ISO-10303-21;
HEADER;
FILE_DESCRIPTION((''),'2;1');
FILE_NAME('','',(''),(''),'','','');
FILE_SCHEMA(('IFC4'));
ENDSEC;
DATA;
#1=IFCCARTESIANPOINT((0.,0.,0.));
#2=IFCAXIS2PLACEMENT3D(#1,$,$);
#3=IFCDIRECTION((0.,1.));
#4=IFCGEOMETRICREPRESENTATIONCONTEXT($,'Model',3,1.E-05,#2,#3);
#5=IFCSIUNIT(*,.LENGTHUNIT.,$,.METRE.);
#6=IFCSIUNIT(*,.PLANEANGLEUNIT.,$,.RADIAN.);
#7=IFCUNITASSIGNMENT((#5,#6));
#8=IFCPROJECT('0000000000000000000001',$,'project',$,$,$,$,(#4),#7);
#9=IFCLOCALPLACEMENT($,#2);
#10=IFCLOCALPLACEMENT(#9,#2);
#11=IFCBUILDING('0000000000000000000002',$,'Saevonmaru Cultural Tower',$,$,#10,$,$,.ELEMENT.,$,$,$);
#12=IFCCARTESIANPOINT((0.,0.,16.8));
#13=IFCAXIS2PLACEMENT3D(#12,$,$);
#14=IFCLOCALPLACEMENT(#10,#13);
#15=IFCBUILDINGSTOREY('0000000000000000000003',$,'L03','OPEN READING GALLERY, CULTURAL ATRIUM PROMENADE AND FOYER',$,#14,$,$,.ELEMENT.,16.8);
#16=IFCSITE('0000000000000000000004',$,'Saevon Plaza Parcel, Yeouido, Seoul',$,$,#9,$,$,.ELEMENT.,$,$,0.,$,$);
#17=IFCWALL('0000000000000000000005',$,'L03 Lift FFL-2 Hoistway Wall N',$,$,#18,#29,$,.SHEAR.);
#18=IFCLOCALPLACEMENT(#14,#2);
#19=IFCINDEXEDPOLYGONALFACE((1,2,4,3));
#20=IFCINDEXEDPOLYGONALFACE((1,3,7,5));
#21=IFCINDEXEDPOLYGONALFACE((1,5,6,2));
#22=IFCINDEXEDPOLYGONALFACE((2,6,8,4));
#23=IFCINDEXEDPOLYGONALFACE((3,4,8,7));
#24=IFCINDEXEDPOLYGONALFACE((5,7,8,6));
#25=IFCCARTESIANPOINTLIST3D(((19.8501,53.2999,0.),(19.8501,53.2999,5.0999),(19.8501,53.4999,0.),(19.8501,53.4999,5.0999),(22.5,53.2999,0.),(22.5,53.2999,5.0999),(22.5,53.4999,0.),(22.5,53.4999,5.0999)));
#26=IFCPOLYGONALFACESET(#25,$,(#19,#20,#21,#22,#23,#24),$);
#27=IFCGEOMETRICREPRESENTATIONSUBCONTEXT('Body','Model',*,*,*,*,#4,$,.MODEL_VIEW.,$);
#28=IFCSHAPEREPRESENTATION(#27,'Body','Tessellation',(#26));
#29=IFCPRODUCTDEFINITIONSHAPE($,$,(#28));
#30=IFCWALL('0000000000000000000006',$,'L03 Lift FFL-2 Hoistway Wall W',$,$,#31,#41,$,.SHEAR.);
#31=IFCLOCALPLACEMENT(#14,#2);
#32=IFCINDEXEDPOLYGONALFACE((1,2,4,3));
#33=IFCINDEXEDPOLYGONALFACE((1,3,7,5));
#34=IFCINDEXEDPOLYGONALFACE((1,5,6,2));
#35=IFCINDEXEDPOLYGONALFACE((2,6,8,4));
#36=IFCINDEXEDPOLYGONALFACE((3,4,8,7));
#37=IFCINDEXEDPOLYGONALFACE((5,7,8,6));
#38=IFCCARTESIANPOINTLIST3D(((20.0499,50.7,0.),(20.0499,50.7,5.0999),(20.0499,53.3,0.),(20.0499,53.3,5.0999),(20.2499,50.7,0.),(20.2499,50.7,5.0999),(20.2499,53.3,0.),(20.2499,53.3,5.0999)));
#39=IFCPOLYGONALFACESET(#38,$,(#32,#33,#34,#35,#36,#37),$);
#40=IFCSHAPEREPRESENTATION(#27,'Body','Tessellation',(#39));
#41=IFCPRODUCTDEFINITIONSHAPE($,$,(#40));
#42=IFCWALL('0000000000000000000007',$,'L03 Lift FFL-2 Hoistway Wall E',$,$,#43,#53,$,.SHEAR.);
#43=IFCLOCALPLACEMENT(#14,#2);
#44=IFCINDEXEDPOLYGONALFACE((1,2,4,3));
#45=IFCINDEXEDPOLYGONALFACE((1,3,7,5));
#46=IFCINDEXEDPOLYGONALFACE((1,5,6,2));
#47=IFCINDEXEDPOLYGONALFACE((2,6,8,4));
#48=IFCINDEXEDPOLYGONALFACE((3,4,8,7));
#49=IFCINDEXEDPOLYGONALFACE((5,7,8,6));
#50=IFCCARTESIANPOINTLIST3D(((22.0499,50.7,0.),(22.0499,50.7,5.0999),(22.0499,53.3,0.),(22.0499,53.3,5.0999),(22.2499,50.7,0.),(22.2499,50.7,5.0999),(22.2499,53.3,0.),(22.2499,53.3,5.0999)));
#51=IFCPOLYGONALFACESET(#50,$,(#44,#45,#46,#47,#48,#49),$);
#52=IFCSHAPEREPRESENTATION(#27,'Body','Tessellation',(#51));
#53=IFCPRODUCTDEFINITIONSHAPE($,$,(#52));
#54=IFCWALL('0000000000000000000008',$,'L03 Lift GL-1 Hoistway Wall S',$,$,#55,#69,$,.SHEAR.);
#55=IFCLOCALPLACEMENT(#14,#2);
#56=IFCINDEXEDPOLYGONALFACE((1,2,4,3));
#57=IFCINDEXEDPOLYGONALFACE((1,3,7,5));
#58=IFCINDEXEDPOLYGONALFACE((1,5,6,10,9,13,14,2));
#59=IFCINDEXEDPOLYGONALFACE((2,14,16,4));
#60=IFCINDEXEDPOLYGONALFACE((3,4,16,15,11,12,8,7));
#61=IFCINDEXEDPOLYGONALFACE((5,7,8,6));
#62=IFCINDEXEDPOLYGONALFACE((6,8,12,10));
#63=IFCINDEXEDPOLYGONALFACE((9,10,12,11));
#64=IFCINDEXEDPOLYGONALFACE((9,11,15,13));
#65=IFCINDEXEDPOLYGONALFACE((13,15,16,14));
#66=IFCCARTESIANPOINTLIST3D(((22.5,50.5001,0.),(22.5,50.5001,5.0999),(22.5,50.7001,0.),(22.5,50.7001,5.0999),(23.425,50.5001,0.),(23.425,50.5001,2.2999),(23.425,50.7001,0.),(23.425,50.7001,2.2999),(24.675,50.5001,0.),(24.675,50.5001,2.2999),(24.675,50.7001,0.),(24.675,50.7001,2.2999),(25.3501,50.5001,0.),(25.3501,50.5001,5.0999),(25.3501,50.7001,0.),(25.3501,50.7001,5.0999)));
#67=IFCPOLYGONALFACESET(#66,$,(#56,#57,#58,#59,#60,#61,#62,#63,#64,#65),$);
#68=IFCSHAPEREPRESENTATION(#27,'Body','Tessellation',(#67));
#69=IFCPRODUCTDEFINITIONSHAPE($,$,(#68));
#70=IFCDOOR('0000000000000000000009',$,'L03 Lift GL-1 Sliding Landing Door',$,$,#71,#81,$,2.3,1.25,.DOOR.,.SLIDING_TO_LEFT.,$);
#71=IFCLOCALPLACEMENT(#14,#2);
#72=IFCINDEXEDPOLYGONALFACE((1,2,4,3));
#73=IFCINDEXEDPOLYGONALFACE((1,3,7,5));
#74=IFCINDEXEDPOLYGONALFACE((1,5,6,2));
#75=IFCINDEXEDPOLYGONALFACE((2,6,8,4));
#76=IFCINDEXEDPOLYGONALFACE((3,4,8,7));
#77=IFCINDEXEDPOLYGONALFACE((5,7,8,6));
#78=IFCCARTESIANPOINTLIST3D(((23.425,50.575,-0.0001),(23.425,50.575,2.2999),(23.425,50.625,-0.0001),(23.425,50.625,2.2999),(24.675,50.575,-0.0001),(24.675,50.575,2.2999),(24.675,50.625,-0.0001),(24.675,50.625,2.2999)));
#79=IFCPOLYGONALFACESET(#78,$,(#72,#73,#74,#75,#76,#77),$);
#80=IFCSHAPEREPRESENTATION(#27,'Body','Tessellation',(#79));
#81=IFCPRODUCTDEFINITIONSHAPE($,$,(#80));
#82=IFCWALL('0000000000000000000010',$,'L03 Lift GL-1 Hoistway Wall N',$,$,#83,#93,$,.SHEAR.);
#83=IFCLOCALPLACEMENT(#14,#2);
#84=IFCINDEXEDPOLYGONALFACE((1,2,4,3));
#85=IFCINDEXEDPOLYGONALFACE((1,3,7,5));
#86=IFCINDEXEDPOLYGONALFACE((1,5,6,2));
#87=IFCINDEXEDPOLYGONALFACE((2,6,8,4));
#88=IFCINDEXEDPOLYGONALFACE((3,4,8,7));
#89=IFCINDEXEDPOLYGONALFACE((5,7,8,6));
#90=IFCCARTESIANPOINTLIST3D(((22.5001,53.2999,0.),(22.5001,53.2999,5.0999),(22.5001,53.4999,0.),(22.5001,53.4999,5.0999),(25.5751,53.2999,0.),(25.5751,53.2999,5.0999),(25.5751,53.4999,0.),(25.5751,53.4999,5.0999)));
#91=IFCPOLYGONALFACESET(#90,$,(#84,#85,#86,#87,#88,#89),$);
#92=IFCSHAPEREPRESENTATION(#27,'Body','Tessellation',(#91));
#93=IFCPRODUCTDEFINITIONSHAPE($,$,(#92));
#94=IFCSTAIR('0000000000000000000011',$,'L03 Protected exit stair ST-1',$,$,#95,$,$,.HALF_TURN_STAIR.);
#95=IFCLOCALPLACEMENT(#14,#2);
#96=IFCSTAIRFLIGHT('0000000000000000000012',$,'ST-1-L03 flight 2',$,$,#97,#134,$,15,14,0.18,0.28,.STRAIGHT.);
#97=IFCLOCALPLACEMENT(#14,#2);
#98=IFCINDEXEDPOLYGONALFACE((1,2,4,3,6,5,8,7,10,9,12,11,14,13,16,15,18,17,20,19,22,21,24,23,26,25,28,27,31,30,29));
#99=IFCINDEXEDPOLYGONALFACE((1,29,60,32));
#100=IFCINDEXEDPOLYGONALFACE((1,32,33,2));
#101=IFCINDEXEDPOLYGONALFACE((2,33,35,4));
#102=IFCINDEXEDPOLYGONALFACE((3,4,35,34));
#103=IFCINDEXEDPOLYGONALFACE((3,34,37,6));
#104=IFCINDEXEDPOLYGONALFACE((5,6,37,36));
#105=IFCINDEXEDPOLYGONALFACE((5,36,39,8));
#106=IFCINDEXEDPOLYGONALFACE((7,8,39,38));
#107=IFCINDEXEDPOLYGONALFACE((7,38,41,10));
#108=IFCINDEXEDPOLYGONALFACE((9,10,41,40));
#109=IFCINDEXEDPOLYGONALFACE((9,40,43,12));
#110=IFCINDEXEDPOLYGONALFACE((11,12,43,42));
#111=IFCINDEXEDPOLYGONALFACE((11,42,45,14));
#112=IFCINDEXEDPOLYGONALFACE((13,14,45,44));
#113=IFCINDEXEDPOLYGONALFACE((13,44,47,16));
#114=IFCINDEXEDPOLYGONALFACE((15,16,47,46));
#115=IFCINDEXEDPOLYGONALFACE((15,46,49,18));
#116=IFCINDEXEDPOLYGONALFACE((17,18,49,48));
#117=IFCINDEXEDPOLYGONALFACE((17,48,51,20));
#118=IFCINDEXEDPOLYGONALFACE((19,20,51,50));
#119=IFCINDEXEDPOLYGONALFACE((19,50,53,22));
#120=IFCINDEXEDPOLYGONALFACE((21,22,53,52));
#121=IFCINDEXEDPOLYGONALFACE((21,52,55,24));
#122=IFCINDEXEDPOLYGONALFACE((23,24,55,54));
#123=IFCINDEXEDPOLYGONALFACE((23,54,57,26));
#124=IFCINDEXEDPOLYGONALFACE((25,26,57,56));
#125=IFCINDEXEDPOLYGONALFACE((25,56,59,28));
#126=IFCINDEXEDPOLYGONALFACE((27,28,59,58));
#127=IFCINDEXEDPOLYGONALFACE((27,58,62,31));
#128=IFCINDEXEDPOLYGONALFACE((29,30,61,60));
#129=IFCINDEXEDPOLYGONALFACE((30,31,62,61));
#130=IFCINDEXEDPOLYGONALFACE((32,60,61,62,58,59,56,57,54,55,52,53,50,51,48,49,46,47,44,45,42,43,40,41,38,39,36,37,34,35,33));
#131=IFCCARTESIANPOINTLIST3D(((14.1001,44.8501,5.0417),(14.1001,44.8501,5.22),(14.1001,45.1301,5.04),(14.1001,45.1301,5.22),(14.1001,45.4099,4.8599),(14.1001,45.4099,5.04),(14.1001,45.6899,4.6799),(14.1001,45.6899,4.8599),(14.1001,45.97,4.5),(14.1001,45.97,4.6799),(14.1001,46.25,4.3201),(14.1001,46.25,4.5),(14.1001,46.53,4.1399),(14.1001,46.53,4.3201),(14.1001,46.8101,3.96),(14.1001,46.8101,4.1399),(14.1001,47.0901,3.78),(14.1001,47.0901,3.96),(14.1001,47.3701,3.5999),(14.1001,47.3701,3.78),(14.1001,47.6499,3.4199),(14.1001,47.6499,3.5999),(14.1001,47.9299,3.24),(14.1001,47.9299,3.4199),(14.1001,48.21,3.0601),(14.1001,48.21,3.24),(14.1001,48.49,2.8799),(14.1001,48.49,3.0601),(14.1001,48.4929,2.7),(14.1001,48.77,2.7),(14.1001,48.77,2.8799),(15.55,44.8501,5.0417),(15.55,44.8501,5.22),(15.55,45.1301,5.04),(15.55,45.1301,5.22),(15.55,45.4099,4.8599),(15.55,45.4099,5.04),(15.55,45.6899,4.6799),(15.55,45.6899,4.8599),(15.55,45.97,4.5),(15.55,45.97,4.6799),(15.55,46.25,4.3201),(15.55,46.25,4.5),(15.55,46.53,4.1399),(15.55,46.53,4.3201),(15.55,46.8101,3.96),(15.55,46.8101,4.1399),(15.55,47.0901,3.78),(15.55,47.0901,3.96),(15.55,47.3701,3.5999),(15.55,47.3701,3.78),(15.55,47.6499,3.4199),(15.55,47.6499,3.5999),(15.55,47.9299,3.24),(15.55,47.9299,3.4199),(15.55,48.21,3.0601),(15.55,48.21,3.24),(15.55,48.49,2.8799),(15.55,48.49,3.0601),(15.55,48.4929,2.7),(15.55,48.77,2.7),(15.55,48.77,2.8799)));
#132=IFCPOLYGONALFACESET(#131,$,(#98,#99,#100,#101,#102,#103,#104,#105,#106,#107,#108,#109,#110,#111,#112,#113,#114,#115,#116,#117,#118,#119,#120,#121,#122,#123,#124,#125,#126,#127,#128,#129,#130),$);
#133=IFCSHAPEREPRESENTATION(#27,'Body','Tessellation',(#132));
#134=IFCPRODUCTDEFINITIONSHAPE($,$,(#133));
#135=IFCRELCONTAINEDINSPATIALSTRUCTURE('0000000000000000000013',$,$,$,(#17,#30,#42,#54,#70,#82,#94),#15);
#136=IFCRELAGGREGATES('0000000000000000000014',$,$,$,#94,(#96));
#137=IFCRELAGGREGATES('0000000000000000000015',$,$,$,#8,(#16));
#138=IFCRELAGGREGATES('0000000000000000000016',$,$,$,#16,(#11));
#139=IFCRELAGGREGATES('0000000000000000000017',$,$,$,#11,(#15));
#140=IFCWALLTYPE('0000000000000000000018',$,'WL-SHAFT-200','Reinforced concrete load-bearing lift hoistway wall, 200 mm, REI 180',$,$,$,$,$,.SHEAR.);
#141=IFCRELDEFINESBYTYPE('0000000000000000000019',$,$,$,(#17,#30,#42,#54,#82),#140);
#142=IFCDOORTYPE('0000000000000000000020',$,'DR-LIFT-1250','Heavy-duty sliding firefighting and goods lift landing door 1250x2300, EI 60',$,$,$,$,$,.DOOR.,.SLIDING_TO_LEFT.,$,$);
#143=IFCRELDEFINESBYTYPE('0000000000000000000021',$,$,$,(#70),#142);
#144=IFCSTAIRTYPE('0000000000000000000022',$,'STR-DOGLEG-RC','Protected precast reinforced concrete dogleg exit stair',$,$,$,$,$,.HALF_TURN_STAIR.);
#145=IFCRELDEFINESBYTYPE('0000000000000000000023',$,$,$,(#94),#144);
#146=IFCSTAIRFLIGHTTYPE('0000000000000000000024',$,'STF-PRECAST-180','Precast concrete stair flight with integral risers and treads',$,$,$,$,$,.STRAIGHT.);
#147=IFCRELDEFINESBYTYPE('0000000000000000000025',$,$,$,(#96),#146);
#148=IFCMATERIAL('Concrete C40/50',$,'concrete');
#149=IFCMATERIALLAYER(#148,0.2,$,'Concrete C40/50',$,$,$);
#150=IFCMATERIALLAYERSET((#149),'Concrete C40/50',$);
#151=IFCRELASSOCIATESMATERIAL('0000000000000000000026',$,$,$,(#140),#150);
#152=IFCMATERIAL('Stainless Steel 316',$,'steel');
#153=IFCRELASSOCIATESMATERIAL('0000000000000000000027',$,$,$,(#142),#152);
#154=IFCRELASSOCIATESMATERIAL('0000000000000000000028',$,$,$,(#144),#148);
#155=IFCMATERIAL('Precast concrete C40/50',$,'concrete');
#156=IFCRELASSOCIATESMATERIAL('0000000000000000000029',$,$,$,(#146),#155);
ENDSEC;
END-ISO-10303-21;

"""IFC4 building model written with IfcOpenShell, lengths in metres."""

from ifc_helpers import new_model, si_unit, direction, frame, frame_2d, origin, place, context, subcontext, project, spatial, polyline, rectangle, outline, extrude, material, layer, layer_set, type_object, element, fill, aggregate, save


model = new_model("IFC4")

# Units and contexts
model_context = context("Model", 3, precision=1e-05, world=origin(), true_north=direction((0.0, 1.0)))
body_context = subcontext(model_context, "Body", "Model", "MODEL_VIEW")
ifc_project = project(units=[si_unit("LENGTHUNIT", "METRE"), si_unit("PLANEANGLEUNIT", "RADIAN")], contexts=[model_context])

# Site, building, storey
site_placement = place(None, origin())
site = spatial("IfcSite", under=ifc_project, at=site_placement, Name="Saevon Plaza Parcel, Yeouido, Seoul", CompositionType="ELEMENT", RefElevation=0.0)
building_placement = place(site_placement, origin())
building = spatial("IfcBuilding", under=site, at=building_placement, Name="Saevonmaru Cultural Tower", CompositionType="ELEMENT")
storey_placement = place(building_placement, frame((0.0, 0.0, 16.8)))
storey = spatial("IfcBuildingStorey", under=building, at=storey_placement, Name="L03", Description="OPEN READING GALLERY, CULTURAL ATRIUM PROMENADE AND FOYER", CompositionType="ELEMENT", Elevation=16.8)

# Shared definitions
ifc_material_1 = material(Name="Concrete C40/50", Category="concrete")
ifc_layer_1 = layer(ifc_material_1, 0.2, Name="Concrete C40/50")
ifc_layer_set_1 = layer_set([ifc_layer_1], Name="Concrete C40/50")
wall_type_1 = type_object("IfcWallType", Name="WL-SHAFT-200", Description="Reinforced concrete load-bearing lift hoistway wall, 200 mm, REI 180", PredefinedType="SHEAR", material=ifc_layer_set_1)
ifc_material_2 = material(Name="Stainless Steel 316", Category="steel")
door_type_1 = type_object("IfcDoorType", Name="DR-LIFT-1250", Description="Heavy-duty sliding firefighting and goods lift landing door 1250x2300, EI 60", OperationType="SLIDING_TO_LEFT", PredefinedType="DOOR", material=ifc_material_2)

# Walls
wall_1_placement = place(storey_placement, frame((19.8501, 53.3999, 0.0), z_axis=(0.0, 0.0, 1.0), x_axis=(1.0, 0.0, 0.0)))
element("IfcWall", 1, at=wall_1_placement, inside=storey, type_object=wall_type_1, Name="L03 Lift FFL-2 Hoistway Wall N", PredefinedType="SHEAR", context=body_context, shape_type="SweptSolid", body=[
    extrude(rectangle(XDim=2.6499, YDim=0.2, at=frame_2d((1.325, 0.0))), origin(), (0.0, 0.0, 1.0), 5.0999),
])
for number, where, z_axis, x_axis, name in (
    (2, (20.1499, 50.7, 0.0), (0.0, 0.0, 1.0), (0.0, 1.0, 0.0), "L03 Lift FFL-2 Hoistway Wall W"),
    (3, (22.1499, 50.7, 0.0), (0.0, 0.0, 1.0), (0.0, 1.0, 0.0), "L03 Lift FFL-2 Hoistway Wall E"),
):
    element("IfcWall", number, at=place(storey_placement, frame(where, z_axis=z_axis, x_axis=x_axis)), inside=storey, type_object=wall_type_1, Name=name, PredefinedType="SHEAR", context=body_context, shape_type="SweptSolid", body=[
        extrude(rectangle(XDim=2.6001, YDim=0.2, at=frame_2d((1.3, 0.0))), origin(), (0.0, 0.0, 1.0), 5.0999),
    ])

# Wall, opening, door
wall_2_placement = place(storey_placement, frame((22.5, 50.6001, 0.0), z_axis=(0.0, 0.0, 1.0), x_axis=(1.0, 0.0, 0.0)))
wall_2 = element("IfcWall", 4, at=wall_2_placement, inside=storey, type_object=wall_type_1, Name="L03 Lift GL-1 Hoistway Wall S", PredefinedType="SHEAR", context=body_context, shape_type="SweptSolid", body=[
    extrude(rectangle(XDim=2.8501, YDim=0.2, at=frame_2d((1.425, 0.0))), origin(), (0.0, 0.0, 1.0), 5.0999),
])
opening_1_placement = place(wall_2_placement, frame((0.925, 0.0, 0.0)))
opening_1 = element("IfcOpeningElement", 5, at=opening_1_placement, cuts=wall_2, PredefinedType="OPENING", context=body_context, shape_type="SweptSolid", body=[
    extrude(rectangle(XDim=1.25, YDim=2.3, at=frame_2d((0.625, 1.1499))), frame((0.0, 0.1099, 0.0), z_axis=(0.0, -1.0, 0.0), x_axis=(1.0, 0.0, 0.0)), (0.0, 0.0, 1.0), 0.22),
])
door_1_placement = place(opening_1_placement, origin())
door_1 = element("IfcDoor", 6, at=door_1_placement, inside=storey, type_object=door_type_1, Name="L03 Lift GL-1 Sliding Landing Door", OperationType="SLIDING_TO_LEFT", OverallHeight=2.3, OverallWidth=1.25, PredefinedType="DOOR", context=body_context, shape_type="SweptSolid", body=[
    extrude(rectangle(XDim=1.25, YDim=2.3, at=frame_2d((0.625, 1.1499))), frame((0.0, 0.0249, 0.0), z_axis=(0.0, -1.0, 0.0), x_axis=(1.0, 0.0, 0.0)), (0.0, 0.0, 1.0), 0.05),
])
fill(opening_1, door_1)

# Wall
wall_3_placement = place(storey_placement, frame((22.5, 53.3999, 0.0), z_axis=(0.0, 0.0, 1.0), x_axis=(1.0, 0.0, 0.0)))
element("IfcWall", 7, at=wall_3_placement, inside=storey, type_object=wall_type_1, Name="L03 Lift GL-1 Hoistway Wall N", PredefinedType="SHEAR", context=body_context, shape_type="SweptSolid", body=[
    extrude(rectangle(XDim=3.075, YDim=0.2, at=frame_2d((1.5376, 0.0))), origin(), (0.0, 0.0, 1.0), 5.0999),
])

# Stair, stair flight
stair_type = type_object("IfcStairType", Name="STR-DOGLEG-RC", Description="Protected precast reinforced concrete dogleg exit stair", PredefinedType="HALF_TURN_STAIR", material=ifc_material_1)
stair_placement = place(storey_placement, origin())
stair = element("IfcStair", 8, at=stair_placement, inside=storey, type_object=stair_type, Name="L03 Protected exit stair ST-1", PredefinedType="HALF_TURN_STAIR")
ifc_material_3 = material(Name="Precast concrete C40/50", Category="concrete")
stair_flight_type = type_object("IfcStairFlightType", Name="STF-PRECAST-180", Description="Precast concrete stair flight with integral risers and treads", PredefinedType="STRAIGHT", material=ifc_material_3)
stair_flight_placement = place(storey_placement, frame((14.825, 48.77, 2.7), z_axis=(0.0, 0.0, 1.0), x_axis=(0.0, -1.0, 0.0)))
stair_flight = element("IfcStairFlight", 9, at=stair_flight_placement, type_object=stair_flight_type, Name="ST-1-L03 flight 2", NumberOfRisers=15, NumberOfTreads=14, PredefinedType="STRAIGHT", RiserHeight=0.18, TreadLength=0.28, context=body_context, shape_type="SweptSolid", body=[
    extrude(outline(polyline([(0.0, 0.0), (0.0, 0.1799), (0.28, 0.1799), (0.28, 0.3601), (0.5601, 0.3601), (0.5601, 0.54), (0.8401, 0.54), (0.8401, 0.72), (1.1201, 0.72), (1.1201, 0.8999), (1.3999, 0.8999), (1.3999, 1.0801), (1.6799, 1.0801), (1.6799, 1.26), (1.96, 1.26), (1.96, 1.4399), (2.24, 1.4399), (2.24, 1.6201), (2.52, 1.6201), (2.52, 1.8), (2.8, 1.8), (2.8, 1.98), (3.0801, 1.98), (3.0801, 2.1599), (3.3601, 2.1599), (3.3601, 2.3401), (3.6399, 2.3401), (3.6399, 2.52), (3.9199, 2.52), (3.9199, 2.7), (3.9199, 2.3418), (0.2771, 0.0), (0.0, 0.0)])), frame((0.0, 0.7251, 0.0), z_axis=(0.0, -1.0, 0.0), x_axis=(1.0, 0.0, 0.0)), (0.0, 0.0, 1.0), 1.45),
])
aggregate(stair, [stair_flight])

save(model, "model.ifc")
